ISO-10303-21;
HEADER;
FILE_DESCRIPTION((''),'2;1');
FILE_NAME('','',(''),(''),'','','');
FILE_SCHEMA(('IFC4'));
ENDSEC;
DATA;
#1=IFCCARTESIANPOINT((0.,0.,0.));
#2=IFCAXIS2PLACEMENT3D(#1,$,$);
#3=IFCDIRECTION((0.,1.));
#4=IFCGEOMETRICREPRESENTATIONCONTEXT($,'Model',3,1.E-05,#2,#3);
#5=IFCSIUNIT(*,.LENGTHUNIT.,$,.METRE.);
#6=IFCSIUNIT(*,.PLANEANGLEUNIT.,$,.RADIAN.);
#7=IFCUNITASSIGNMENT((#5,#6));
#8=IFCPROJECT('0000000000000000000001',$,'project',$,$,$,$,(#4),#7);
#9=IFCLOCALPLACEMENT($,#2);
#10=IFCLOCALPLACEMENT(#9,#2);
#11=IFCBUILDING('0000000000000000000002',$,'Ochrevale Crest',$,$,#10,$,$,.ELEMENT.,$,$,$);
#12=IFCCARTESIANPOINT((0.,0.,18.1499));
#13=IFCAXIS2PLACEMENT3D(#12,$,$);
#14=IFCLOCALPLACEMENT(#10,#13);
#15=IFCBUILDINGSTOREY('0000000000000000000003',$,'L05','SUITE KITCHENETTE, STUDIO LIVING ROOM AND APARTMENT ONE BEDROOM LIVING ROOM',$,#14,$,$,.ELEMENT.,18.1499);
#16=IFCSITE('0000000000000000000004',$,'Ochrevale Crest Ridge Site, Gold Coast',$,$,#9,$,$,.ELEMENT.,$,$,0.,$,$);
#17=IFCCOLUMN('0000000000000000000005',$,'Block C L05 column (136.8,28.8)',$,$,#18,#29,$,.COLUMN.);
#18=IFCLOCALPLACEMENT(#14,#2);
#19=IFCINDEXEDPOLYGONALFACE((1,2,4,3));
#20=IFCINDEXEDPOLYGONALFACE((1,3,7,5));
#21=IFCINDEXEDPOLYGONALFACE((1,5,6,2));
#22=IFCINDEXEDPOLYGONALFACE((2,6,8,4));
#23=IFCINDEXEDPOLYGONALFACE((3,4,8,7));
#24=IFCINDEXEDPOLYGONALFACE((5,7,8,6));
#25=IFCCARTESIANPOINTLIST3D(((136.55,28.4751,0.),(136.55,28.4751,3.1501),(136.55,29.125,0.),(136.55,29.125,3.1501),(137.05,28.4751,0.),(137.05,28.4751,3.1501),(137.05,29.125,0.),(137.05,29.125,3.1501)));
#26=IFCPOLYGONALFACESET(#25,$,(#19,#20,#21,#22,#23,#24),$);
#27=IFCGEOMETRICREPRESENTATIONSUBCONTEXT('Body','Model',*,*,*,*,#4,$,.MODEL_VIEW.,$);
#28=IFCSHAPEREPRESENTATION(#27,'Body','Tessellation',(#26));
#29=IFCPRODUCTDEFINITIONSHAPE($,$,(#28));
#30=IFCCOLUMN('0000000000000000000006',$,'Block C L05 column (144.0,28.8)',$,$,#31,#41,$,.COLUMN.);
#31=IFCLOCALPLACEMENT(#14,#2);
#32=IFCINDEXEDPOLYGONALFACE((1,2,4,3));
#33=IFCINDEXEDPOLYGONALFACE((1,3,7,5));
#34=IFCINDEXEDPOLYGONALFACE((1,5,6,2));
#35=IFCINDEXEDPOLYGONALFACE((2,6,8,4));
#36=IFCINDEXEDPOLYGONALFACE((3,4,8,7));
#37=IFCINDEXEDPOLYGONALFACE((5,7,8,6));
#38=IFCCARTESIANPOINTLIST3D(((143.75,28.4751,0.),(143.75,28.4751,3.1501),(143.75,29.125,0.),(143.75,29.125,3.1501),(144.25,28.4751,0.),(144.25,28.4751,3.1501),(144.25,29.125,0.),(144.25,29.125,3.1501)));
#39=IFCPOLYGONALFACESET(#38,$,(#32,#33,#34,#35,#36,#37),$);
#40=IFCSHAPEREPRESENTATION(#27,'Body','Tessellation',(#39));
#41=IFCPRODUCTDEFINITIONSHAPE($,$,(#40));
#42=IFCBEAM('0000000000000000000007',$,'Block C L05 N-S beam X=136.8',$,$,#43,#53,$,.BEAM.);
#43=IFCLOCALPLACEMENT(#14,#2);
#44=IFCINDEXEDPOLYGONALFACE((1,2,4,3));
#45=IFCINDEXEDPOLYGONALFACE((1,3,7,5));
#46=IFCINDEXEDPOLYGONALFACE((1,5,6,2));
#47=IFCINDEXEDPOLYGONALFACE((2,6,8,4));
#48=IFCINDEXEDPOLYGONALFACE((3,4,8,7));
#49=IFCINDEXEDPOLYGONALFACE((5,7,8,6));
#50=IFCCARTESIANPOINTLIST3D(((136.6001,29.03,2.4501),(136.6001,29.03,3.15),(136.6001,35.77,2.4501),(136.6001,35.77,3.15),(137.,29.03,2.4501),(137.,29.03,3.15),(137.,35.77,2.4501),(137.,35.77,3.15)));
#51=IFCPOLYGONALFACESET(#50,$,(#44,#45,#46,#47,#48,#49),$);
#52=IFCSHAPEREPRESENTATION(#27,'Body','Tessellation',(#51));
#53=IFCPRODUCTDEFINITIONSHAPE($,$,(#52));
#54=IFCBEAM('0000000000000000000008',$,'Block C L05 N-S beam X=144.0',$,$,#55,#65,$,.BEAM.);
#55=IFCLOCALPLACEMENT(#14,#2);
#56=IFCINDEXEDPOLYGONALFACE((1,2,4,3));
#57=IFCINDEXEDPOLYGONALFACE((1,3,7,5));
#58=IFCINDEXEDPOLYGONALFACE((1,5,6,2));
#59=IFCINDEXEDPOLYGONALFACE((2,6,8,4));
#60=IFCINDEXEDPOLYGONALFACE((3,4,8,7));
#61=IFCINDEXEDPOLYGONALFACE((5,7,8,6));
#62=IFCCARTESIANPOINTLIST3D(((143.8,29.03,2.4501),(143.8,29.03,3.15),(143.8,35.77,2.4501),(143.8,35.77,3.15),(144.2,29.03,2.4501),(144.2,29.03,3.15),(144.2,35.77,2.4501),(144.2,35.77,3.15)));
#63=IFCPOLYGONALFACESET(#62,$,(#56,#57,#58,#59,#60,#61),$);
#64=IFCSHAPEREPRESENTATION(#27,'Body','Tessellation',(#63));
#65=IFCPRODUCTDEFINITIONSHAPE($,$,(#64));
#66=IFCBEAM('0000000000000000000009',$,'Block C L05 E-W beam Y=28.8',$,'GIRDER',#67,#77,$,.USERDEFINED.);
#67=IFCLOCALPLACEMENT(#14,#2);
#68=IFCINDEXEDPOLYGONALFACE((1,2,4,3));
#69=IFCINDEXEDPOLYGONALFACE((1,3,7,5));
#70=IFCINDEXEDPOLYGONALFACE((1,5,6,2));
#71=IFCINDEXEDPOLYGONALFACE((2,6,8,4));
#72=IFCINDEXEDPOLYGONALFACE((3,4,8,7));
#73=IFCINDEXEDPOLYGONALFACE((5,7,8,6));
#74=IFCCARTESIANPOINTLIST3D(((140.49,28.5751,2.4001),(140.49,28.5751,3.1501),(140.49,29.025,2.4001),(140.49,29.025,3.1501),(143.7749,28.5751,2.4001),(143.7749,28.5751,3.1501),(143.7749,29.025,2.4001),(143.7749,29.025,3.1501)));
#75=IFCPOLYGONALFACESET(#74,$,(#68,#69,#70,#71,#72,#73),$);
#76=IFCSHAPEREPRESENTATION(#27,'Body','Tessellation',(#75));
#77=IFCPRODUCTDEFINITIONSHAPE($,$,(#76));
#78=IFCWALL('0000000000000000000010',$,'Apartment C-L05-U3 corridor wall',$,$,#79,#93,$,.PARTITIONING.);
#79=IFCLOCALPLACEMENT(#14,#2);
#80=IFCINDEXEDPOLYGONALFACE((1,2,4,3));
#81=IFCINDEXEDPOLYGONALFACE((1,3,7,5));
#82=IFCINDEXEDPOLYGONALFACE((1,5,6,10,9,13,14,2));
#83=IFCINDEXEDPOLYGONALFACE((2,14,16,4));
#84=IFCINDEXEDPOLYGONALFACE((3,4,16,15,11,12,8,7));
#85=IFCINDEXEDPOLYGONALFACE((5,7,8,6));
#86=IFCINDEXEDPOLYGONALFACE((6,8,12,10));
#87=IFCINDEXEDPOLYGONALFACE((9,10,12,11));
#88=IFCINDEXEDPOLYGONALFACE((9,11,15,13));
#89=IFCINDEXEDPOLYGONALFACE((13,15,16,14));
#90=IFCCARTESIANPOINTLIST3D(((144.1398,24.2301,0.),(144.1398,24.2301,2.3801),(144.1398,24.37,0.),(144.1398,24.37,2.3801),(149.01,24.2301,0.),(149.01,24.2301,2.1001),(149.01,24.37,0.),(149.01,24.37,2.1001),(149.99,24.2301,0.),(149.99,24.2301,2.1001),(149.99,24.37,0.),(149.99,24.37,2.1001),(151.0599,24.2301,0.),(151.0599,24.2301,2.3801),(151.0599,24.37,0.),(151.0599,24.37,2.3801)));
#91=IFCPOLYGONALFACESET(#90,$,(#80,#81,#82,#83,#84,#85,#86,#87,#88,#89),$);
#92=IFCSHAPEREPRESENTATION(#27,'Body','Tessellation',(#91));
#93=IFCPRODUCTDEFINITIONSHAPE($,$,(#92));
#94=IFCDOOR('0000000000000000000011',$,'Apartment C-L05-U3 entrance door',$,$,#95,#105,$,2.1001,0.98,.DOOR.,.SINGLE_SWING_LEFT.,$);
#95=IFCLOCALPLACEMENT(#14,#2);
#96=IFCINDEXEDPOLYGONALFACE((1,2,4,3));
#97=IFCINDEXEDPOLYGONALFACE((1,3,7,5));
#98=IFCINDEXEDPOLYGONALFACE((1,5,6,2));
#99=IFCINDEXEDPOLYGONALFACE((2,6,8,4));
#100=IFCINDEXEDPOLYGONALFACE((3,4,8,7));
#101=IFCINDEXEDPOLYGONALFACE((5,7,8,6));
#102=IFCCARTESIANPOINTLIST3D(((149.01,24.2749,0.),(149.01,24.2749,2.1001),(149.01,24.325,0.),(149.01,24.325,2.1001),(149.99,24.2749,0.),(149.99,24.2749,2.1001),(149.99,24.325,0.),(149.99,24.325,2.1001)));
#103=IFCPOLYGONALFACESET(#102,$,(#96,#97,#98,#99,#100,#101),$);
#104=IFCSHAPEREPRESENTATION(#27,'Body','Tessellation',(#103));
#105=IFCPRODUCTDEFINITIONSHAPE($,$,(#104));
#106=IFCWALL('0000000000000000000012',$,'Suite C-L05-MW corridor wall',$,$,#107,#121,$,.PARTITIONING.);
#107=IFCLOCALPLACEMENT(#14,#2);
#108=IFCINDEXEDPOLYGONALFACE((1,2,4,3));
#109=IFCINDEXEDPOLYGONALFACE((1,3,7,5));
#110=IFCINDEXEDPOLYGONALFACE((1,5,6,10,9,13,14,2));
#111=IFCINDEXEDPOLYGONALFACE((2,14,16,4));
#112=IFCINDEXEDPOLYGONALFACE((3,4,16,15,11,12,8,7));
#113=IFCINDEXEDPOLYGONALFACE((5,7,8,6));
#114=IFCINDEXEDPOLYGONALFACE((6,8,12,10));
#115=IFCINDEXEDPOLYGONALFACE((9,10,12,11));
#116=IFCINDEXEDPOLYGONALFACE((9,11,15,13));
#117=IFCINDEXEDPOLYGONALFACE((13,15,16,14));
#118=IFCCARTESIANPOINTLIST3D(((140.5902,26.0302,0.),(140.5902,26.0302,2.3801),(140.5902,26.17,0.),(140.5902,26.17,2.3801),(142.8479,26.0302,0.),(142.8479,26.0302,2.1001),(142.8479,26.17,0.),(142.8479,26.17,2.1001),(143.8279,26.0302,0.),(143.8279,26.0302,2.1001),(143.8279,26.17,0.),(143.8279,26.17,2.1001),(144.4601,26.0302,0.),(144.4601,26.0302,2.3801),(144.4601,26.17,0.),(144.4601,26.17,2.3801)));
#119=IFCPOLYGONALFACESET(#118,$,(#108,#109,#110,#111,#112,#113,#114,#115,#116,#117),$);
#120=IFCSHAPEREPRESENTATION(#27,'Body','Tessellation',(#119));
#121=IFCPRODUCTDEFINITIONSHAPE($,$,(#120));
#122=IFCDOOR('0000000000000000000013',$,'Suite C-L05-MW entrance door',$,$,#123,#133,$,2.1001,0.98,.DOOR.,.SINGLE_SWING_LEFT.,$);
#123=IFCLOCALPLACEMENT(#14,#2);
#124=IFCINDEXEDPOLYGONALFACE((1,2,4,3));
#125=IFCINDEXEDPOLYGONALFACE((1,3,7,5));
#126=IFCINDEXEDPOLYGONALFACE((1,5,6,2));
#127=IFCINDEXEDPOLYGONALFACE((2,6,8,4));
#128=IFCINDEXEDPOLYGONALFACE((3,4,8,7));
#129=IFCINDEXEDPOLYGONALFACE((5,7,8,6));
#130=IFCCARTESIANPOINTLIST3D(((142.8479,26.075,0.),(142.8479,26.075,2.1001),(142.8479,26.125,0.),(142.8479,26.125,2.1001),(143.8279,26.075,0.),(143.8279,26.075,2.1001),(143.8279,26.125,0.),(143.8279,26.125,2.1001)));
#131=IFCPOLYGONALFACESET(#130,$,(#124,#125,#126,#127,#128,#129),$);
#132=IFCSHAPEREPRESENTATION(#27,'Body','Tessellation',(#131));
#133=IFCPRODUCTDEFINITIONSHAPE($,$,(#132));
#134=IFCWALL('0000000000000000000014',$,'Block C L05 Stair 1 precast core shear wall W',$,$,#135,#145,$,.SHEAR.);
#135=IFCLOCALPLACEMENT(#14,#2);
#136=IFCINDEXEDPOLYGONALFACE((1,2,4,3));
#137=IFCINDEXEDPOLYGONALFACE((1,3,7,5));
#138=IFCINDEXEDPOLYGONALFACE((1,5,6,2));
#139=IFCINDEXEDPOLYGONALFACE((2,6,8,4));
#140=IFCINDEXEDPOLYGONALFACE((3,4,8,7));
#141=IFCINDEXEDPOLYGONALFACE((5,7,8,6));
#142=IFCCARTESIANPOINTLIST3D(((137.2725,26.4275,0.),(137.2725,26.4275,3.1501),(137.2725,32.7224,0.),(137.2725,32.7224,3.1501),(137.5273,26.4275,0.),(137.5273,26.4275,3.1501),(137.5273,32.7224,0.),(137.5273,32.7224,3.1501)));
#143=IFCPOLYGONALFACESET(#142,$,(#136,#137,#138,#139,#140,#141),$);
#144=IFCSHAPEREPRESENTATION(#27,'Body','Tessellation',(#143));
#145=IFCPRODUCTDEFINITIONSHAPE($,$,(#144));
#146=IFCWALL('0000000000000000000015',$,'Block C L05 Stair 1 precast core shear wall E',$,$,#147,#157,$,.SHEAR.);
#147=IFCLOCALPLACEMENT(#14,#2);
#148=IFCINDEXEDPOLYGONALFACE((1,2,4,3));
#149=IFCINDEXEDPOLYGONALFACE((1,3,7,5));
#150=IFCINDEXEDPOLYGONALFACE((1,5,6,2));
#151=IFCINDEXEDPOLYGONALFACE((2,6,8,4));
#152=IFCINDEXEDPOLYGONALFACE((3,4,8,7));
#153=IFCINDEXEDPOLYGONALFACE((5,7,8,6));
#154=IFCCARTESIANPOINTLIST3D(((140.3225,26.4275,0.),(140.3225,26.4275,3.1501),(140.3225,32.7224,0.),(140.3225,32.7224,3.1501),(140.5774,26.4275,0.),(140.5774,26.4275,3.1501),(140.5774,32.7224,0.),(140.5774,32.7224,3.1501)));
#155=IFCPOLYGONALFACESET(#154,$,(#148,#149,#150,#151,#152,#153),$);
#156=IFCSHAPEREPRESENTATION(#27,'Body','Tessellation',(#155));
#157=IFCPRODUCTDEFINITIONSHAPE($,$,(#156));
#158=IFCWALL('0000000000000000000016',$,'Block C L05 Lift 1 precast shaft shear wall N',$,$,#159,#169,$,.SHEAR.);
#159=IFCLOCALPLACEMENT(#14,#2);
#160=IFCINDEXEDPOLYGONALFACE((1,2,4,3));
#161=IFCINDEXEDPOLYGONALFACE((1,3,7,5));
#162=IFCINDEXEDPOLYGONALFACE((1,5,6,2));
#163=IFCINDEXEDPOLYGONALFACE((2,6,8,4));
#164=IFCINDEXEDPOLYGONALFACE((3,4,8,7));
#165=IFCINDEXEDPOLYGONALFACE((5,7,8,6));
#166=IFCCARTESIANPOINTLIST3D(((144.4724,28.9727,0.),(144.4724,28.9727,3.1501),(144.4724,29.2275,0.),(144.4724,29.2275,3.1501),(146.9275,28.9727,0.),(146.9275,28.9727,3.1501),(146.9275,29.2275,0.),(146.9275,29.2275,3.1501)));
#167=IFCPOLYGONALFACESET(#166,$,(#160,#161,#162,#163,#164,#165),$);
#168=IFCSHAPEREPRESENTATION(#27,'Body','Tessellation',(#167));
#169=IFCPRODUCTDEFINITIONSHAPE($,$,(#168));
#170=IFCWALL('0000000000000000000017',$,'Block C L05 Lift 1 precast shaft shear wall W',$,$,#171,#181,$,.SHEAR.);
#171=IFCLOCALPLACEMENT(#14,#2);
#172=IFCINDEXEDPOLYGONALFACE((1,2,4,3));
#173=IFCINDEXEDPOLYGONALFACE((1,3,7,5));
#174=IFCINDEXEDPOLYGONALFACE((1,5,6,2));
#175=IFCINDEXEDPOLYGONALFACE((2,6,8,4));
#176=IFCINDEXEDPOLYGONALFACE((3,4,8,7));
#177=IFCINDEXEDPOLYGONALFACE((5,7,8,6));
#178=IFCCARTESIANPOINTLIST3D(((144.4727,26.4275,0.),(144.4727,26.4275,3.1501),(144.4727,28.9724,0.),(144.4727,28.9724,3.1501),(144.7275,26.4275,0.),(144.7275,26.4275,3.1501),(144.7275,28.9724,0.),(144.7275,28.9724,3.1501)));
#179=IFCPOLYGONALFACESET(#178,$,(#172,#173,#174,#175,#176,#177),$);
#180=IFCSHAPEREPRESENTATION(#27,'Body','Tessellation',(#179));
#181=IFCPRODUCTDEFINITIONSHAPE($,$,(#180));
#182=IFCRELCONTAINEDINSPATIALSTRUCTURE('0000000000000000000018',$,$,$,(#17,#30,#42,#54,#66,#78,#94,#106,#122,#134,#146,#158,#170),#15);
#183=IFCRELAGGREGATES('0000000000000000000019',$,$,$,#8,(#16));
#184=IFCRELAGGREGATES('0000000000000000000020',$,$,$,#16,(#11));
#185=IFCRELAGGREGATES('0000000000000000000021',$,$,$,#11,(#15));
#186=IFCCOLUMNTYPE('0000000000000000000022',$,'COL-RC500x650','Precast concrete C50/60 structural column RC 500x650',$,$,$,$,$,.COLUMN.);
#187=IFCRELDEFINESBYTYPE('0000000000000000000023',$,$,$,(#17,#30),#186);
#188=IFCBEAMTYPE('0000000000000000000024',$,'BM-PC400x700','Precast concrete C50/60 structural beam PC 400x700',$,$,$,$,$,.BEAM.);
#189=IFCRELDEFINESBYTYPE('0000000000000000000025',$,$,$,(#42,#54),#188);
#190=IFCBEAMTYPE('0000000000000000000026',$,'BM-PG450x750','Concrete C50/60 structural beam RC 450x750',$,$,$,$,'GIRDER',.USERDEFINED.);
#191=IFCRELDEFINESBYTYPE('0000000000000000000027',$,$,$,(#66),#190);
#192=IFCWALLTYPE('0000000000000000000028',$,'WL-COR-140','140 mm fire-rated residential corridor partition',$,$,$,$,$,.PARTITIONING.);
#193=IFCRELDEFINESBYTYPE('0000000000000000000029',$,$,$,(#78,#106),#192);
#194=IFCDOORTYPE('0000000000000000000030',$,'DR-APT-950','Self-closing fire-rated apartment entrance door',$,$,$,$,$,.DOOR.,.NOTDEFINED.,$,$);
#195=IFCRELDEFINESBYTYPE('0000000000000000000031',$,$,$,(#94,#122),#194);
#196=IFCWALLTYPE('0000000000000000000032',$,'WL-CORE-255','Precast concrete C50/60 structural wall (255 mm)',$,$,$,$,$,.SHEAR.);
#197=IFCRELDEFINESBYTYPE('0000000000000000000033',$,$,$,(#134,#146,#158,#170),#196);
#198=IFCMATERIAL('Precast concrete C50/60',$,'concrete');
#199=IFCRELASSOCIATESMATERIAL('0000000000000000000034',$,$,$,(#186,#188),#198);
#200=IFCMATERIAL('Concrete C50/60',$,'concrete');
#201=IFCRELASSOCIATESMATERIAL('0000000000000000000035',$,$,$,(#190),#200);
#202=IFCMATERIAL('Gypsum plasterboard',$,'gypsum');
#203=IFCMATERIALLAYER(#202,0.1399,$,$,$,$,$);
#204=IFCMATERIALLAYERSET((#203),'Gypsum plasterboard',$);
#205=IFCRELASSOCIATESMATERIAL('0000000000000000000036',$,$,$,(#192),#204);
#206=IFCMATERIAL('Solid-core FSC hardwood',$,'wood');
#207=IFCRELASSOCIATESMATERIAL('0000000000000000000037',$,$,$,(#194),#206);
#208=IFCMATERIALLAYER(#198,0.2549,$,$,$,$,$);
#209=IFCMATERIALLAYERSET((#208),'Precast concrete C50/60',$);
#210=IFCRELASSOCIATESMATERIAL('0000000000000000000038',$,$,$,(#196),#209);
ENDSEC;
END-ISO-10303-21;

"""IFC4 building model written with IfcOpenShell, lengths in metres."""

from ifc_helpers import new_model, si_unit, direction, frame, frame_2d, origin, origin_2d, place, context, subcontext, project, spatial, rectangle, extrude, material, layer, layer_set, material_profile, profile_set, type_object, element, fill, save


model = new_model("IFC4")

# Units and contexts
model_context = context("Model", 3, precision=1e-05, world=origin(), true_north=direction((0.0, 1.0)))
body_context = subcontext(model_context, "Body", "Model", "MODEL_VIEW")
ifc_project = project(units=[si_unit("LENGTHUNIT", "METRE"), si_unit("PLANEANGLEUNIT", "RADIAN")], contexts=[model_context])

# Site, building, storey
site_placement = place(None, origin())
site = spatial("IfcSite", under=ifc_project, at=site_placement, Name="Ochrevale Crest Ridge Site, Gold Coast", CompositionType="ELEMENT", RefElevation=0.0)
building_placement = place(site_placement, origin())
building = spatial("IfcBuilding", under=site, at=building_placement, Name="Ochrevale Crest", CompositionType="ELEMENT")
storey_placement = place(building_placement, frame((0.0, 0.0, 18.1499)))
storey = spatial("IfcBuildingStorey", under=building, at=storey_placement, Name="L05", Description="SUITE KITCHENETTE, STUDIO LIVING ROOM AND APARTMENT ONE BEDROOM LIVING ROOM", CompositionType="ELEMENT", Elevation=18.1499)

# Columns
ifc_material_1 = material(Name="Precast concrete C50/60", Category="concrete")
ifc_material_profile_1 = material_profile(ifc_material_1, rectangle(XDim=0.5, YDim=0.6499, at=origin_2d()), Name="RC 500x650")
ifc_profile_set_1 = profile_set([ifc_material_profile_1], Name="Precast concrete C50/60")
column_type = type_object("IfcColumnType", Name="COL-RC500x650", Description="Precast concrete C50/60 structural column RC 500x650", PredefinedType="COLUMN", material=ifc_profile_set_1)
for number, where, z_axis, x_axis, name in (
    (1, (136.8, 28.8, 0.0), (0.0, 0.0, 1.0), (1.0, 0.0, 0.0), "Block C L05 column (136.8,28.8)"),
    (2, (144.0, 28.8, 0.0), (0.0, 0.0, 1.0), (1.0, 0.0, 0.0), "Block C L05 column (144.0,28.8)"),
):
    element("IfcColumn", number, at=place(storey_placement, frame(where, z_axis=z_axis, x_axis=x_axis)), inside=storey, type_object=column_type, Name=name, PredefinedType="COLUMN", context=body_context, shape_type="SweptSolid", body=[
        extrude(rectangle(XDim=0.5, YDim=0.6499, at=origin_2d()), origin(), (0.0, 0.0, 1.0), 3.1501),
    ])

# Beams
ifc_material_profile_2 = material_profile(ifc_material_1, rectangle(XDim=0.3999, YDim=0.7, at=origin_2d()), Name="PC 400x700")
ifc_profile_set_2 = profile_set([ifc_material_profile_2], Name="Precast concrete C50/60")
beam_type_1 = type_object("IfcBeamType", Name="BM-PC400x700", Description="Precast concrete C50/60 structural beam PC 400x700", PredefinedType="BEAM", material=ifc_profile_set_2)
for number, where, z_axis, x_axis, name in (
    (3, (136.8, 29.03, 2.8), (0.0, 1.0, 0.0), (-1.0, 0.0, 0.0), "Block C L05 N-S beam X=136.8"),
    (4, (144.0, 29.03, 2.8), (0.0, 1.0, 0.0), (-1.0, 0.0, 0.0), "Block C L05 N-S beam X=144.0"),
):
    element("IfcBeam", number, at=place(storey_placement, frame(where, z_axis=z_axis, x_axis=x_axis)), inside=storey, type_object=beam_type_1, Name=name, PredefinedType="BEAM", context=body_context, shape_type="SweptSolid", body=[
        extrude(rectangle(XDim=0.3999, YDim=0.7, at=origin_2d()), origin(), (0.0, 0.0, 1.0), 6.74),
    ])
ifc_material_2 = material(Name="Concrete C50/60", Category="concrete")
ifc_material_profile_3 = material_profile(ifc_material_2, rectangle(XDim=0.45, YDim=0.75, at=origin_2d()), Name="RC 450x750")
ifc_profile_set_3 = profile_set([ifc_material_profile_3], Name="Concrete C50/60")
beam_type_2 = type_object("IfcBeamType", Name="BM-PG450x750", Description="Concrete C50/60 structural beam RC 450x750", ElementType="GIRDER", PredefinedType="USERDEFINED", material=ifc_profile_set_3)
beam_placement = place(storey_placement, frame((140.49, 28.8, 2.7751), z_axis=(1.0, 0.0, 0.0), x_axis=(0.0, 1.0, 0.0)))
element("IfcBeam", 5, at=beam_placement, inside=storey, type_object=beam_type_2, Name="Block C L05 E-W beam Y=28.8", ObjectType="GIRDER", PredefinedType="USERDEFINED", context=body_context, shape_type="SweptSolid", body=[
    extrude(rectangle(XDim=0.45, YDim=0.75, at=origin_2d()), origin(), (0.0, 0.0, 1.0), 3.2849),
])

# Walls, openings, doors
ifc_material_3 = material(Name="Gypsum plasterboard", Category="gypsum")
ifc_layer_1 = layer(ifc_material_3, 0.1399)
ifc_layer_set_1 = layer_set([ifc_layer_1], Name="Gypsum plasterboard")
wall_type_1 = type_object("IfcWallType", Name="WL-COR-140", Description="140 mm fire-rated residential corridor partition", PredefinedType="PARTITIONING", material=ifc_layer_set_1)
wall_1_placement = place(storey_placement, frame((144.1399, 24.3, 0.0), z_axis=(0.0, 0.0, 1.0), x_axis=(1.0, 0.0, 0.0)))
wall_1 = element("IfcWall", 6, at=wall_1_placement, inside=storey, type_object=wall_type_1, Name="Apartment C-L05-U3 corridor wall", PredefinedType="PARTITIONING", context=body_context, shape_type="SweptSolid", body=[
    extrude(rectangle(XDim=6.9202, YDim=0.1399, at=frame_2d((3.46, 0.0))), origin(), (0.0, 0.0, 1.0), 2.3801),
])
opening_1_placement = place(wall_1_placement, frame((4.8701, 0.0, 0.0)))
opening_1 = element("IfcOpeningElement", 7, at=opening_1_placement, cuts=wall_1, PredefinedType="OPENING", context=body_context, shape_type="SweptSolid", body=[
    extrude(rectangle(XDim=0.98, YDim=2.1001, at=frame_2d((0.49, 1.05))), frame((0.0, 0.0801, 0.0), z_axis=(0.0, -1.0, 0.0), x_axis=(1.0, 0.0, 0.0)), (0.0, 0.0, 1.0), 0.1599),
])
ifc_material_4 = material(Name="Solid-core FSC hardwood", Category="wood")
door_type_1 = type_object("IfcDoorType", Name="DR-APT-950", Description="Self-closing fire-rated apartment entrance door", OperationType="NOTDEFINED", PredefinedType="DOOR", material=ifc_material_4)
door_1_placement = place(opening_1_placement, origin())
door_1 = element("IfcDoor", 8, at=door_1_placement, inside=storey, type_object=door_type_1, Name="Apartment C-L05-U3 entrance door", OperationType="SINGLE_SWING_LEFT", OverallHeight=2.1001, OverallWidth=0.98, PredefinedType="DOOR", context=body_context, shape_type="SweptSolid", body=[
    extrude(rectangle(XDim=0.98, YDim=2.1001, at=frame_2d((0.49, 1.05))), frame((0.0, 0.0249, 0.0), z_axis=(0.0, -1.0, 0.0), x_axis=(1.0, 0.0, 0.0)), (0.0, 0.0, 1.0), 0.05),
])
fill(opening_1, door_1)
wall_2_placement = place(storey_placement, frame((140.5901, 26.1001, 0.0), z_axis=(0.0, 0.0, 1.0), x_axis=(1.0, 0.0, 0.0)))
wall_2 = element("IfcWall", 9, at=wall_2_placement, inside=storey, type_object=wall_type_1, Name="Suite C-L05-MW corridor wall", PredefinedType="PARTITIONING", context=body_context, shape_type="SweptSolid", body=[
    extrude(rectangle(XDim=3.8699, YDim=0.1399, at=frame_2d((1.9351, 0.0))), origin(), (0.0, 0.0, 1.0), 2.3801),
])
opening_2_placement = place(wall_2_placement, frame((2.2578, 0.0, 0.0)))
opening_2 = element("IfcOpeningElement", 10, at=opening_2_placement, cuts=wall_2, PredefinedType="OPENING", context=body_context, shape_type="SweptSolid", body=[
    extrude(rectangle(XDim=0.98, YDim=2.1001, at=frame_2d((0.49, 1.05))), frame((0.0, 0.0801, 0.0), z_axis=(0.0, -1.0, 0.0), x_axis=(1.0, 0.0, 0.0)), (0.0, 0.0, 1.0), 0.1599),
])
door_2_placement = place(opening_2_placement, origin())
door_2 = element("IfcDoor", 11, at=door_2_placement, inside=storey, type_object=door_type_1, Name="Suite C-L05-MW entrance door", OperationType="SINGLE_SWING_LEFT", OverallHeight=2.1001, OverallWidth=0.98, PredefinedType="DOOR", context=body_context, shape_type="SweptSolid", body=[
    extrude(rectangle(XDim=0.98, YDim=2.1001, at=frame_2d((0.49, 1.05))), frame((0.0, 0.0249, 0.0), z_axis=(0.0, -1.0, 0.0), x_axis=(1.0, 0.0, 0.0)), (0.0, 0.0, 1.0), 0.05),
])
fill(opening_2, door_2)
ifc_layer_2 = layer(ifc_material_1, 0.2549)
ifc_layer_set_2 = layer_set([ifc_layer_2], Name="Precast concrete C50/60")
wall_type_2 = type_object("IfcWallType", Name="WL-CORE-255", Description="Precast concrete C50/60 structural wall (255 mm)", PredefinedType="SHEAR", material=ifc_layer_set_2)

# Walls
for number, where, z_axis, x_axis, name in (
    (12, (137.3999, 26.4275, 0.0), (0.0, 0.0, 1.0), (0.0, 1.0, 0.0), "Block C L05 Stair 1 precast core shear wall W"),
    (13, (140.45, 26.4275, 0.0), (0.0, 0.0, 1.0), (0.0, 1.0, 0.0), "Block C L05 Stair 1 precast core shear wall E"),
):
    element("IfcWall", number, at=place(storey_placement, frame(where, z_axis=z_axis, x_axis=x_axis)), inside=storey, type_object=wall_type_2, Name=name, PredefinedType="SHEAR", context=body_context, shape_type="SweptSolid", body=[
        extrude(rectangle(XDim=6.2949, YDim=0.2549, at=frame_2d((3.1475, 0.0))), origin(), (0.0, 0.0, 1.0), 3.1501),
    ])

# Walls
wall_3_placement = place(storey_placement, frame((144.4724, 29.1001, 0.0), z_axis=(0.0, 0.0, 1.0), x_axis=(1.0, 0.0, 0.0)))
element("IfcWall", 14, at=wall_3_placement, inside=storey, type_object=wall_type_2, Name="Block C L05 Lift 1 precast shaft shear wall N", PredefinedType="SHEAR", context=body_context, shape_type="SweptSolid", body=[
    extrude(rectangle(XDim=2.4551, YDim=0.2549, at=frame_2d((1.2275, 0.0))), origin(), (0.0, 0.0, 1.0), 3.1501),
])
wall_4_placement = place(storey_placement, frame((144.6001, 26.4275, 0.0), z_axis=(0.0, 0.0, 1.0), x_axis=(0.0, 1.0, 0.0)))
element("IfcWall", 15, at=wall_4_placement, inside=storey, type_object=wall_type_2, Name="Block C L05 Lift 1 precast shaft shear wall W", PredefinedType="SHEAR", context=body_context, shape_type="SweptSolid", body=[
    extrude(rectangle(XDim=2.5449, YDim=0.2549, at=frame_2d((1.2725, 0.0))), origin(), (0.0, 0.0, 1.0), 3.1501),
])

save(model, "model.ifc")
